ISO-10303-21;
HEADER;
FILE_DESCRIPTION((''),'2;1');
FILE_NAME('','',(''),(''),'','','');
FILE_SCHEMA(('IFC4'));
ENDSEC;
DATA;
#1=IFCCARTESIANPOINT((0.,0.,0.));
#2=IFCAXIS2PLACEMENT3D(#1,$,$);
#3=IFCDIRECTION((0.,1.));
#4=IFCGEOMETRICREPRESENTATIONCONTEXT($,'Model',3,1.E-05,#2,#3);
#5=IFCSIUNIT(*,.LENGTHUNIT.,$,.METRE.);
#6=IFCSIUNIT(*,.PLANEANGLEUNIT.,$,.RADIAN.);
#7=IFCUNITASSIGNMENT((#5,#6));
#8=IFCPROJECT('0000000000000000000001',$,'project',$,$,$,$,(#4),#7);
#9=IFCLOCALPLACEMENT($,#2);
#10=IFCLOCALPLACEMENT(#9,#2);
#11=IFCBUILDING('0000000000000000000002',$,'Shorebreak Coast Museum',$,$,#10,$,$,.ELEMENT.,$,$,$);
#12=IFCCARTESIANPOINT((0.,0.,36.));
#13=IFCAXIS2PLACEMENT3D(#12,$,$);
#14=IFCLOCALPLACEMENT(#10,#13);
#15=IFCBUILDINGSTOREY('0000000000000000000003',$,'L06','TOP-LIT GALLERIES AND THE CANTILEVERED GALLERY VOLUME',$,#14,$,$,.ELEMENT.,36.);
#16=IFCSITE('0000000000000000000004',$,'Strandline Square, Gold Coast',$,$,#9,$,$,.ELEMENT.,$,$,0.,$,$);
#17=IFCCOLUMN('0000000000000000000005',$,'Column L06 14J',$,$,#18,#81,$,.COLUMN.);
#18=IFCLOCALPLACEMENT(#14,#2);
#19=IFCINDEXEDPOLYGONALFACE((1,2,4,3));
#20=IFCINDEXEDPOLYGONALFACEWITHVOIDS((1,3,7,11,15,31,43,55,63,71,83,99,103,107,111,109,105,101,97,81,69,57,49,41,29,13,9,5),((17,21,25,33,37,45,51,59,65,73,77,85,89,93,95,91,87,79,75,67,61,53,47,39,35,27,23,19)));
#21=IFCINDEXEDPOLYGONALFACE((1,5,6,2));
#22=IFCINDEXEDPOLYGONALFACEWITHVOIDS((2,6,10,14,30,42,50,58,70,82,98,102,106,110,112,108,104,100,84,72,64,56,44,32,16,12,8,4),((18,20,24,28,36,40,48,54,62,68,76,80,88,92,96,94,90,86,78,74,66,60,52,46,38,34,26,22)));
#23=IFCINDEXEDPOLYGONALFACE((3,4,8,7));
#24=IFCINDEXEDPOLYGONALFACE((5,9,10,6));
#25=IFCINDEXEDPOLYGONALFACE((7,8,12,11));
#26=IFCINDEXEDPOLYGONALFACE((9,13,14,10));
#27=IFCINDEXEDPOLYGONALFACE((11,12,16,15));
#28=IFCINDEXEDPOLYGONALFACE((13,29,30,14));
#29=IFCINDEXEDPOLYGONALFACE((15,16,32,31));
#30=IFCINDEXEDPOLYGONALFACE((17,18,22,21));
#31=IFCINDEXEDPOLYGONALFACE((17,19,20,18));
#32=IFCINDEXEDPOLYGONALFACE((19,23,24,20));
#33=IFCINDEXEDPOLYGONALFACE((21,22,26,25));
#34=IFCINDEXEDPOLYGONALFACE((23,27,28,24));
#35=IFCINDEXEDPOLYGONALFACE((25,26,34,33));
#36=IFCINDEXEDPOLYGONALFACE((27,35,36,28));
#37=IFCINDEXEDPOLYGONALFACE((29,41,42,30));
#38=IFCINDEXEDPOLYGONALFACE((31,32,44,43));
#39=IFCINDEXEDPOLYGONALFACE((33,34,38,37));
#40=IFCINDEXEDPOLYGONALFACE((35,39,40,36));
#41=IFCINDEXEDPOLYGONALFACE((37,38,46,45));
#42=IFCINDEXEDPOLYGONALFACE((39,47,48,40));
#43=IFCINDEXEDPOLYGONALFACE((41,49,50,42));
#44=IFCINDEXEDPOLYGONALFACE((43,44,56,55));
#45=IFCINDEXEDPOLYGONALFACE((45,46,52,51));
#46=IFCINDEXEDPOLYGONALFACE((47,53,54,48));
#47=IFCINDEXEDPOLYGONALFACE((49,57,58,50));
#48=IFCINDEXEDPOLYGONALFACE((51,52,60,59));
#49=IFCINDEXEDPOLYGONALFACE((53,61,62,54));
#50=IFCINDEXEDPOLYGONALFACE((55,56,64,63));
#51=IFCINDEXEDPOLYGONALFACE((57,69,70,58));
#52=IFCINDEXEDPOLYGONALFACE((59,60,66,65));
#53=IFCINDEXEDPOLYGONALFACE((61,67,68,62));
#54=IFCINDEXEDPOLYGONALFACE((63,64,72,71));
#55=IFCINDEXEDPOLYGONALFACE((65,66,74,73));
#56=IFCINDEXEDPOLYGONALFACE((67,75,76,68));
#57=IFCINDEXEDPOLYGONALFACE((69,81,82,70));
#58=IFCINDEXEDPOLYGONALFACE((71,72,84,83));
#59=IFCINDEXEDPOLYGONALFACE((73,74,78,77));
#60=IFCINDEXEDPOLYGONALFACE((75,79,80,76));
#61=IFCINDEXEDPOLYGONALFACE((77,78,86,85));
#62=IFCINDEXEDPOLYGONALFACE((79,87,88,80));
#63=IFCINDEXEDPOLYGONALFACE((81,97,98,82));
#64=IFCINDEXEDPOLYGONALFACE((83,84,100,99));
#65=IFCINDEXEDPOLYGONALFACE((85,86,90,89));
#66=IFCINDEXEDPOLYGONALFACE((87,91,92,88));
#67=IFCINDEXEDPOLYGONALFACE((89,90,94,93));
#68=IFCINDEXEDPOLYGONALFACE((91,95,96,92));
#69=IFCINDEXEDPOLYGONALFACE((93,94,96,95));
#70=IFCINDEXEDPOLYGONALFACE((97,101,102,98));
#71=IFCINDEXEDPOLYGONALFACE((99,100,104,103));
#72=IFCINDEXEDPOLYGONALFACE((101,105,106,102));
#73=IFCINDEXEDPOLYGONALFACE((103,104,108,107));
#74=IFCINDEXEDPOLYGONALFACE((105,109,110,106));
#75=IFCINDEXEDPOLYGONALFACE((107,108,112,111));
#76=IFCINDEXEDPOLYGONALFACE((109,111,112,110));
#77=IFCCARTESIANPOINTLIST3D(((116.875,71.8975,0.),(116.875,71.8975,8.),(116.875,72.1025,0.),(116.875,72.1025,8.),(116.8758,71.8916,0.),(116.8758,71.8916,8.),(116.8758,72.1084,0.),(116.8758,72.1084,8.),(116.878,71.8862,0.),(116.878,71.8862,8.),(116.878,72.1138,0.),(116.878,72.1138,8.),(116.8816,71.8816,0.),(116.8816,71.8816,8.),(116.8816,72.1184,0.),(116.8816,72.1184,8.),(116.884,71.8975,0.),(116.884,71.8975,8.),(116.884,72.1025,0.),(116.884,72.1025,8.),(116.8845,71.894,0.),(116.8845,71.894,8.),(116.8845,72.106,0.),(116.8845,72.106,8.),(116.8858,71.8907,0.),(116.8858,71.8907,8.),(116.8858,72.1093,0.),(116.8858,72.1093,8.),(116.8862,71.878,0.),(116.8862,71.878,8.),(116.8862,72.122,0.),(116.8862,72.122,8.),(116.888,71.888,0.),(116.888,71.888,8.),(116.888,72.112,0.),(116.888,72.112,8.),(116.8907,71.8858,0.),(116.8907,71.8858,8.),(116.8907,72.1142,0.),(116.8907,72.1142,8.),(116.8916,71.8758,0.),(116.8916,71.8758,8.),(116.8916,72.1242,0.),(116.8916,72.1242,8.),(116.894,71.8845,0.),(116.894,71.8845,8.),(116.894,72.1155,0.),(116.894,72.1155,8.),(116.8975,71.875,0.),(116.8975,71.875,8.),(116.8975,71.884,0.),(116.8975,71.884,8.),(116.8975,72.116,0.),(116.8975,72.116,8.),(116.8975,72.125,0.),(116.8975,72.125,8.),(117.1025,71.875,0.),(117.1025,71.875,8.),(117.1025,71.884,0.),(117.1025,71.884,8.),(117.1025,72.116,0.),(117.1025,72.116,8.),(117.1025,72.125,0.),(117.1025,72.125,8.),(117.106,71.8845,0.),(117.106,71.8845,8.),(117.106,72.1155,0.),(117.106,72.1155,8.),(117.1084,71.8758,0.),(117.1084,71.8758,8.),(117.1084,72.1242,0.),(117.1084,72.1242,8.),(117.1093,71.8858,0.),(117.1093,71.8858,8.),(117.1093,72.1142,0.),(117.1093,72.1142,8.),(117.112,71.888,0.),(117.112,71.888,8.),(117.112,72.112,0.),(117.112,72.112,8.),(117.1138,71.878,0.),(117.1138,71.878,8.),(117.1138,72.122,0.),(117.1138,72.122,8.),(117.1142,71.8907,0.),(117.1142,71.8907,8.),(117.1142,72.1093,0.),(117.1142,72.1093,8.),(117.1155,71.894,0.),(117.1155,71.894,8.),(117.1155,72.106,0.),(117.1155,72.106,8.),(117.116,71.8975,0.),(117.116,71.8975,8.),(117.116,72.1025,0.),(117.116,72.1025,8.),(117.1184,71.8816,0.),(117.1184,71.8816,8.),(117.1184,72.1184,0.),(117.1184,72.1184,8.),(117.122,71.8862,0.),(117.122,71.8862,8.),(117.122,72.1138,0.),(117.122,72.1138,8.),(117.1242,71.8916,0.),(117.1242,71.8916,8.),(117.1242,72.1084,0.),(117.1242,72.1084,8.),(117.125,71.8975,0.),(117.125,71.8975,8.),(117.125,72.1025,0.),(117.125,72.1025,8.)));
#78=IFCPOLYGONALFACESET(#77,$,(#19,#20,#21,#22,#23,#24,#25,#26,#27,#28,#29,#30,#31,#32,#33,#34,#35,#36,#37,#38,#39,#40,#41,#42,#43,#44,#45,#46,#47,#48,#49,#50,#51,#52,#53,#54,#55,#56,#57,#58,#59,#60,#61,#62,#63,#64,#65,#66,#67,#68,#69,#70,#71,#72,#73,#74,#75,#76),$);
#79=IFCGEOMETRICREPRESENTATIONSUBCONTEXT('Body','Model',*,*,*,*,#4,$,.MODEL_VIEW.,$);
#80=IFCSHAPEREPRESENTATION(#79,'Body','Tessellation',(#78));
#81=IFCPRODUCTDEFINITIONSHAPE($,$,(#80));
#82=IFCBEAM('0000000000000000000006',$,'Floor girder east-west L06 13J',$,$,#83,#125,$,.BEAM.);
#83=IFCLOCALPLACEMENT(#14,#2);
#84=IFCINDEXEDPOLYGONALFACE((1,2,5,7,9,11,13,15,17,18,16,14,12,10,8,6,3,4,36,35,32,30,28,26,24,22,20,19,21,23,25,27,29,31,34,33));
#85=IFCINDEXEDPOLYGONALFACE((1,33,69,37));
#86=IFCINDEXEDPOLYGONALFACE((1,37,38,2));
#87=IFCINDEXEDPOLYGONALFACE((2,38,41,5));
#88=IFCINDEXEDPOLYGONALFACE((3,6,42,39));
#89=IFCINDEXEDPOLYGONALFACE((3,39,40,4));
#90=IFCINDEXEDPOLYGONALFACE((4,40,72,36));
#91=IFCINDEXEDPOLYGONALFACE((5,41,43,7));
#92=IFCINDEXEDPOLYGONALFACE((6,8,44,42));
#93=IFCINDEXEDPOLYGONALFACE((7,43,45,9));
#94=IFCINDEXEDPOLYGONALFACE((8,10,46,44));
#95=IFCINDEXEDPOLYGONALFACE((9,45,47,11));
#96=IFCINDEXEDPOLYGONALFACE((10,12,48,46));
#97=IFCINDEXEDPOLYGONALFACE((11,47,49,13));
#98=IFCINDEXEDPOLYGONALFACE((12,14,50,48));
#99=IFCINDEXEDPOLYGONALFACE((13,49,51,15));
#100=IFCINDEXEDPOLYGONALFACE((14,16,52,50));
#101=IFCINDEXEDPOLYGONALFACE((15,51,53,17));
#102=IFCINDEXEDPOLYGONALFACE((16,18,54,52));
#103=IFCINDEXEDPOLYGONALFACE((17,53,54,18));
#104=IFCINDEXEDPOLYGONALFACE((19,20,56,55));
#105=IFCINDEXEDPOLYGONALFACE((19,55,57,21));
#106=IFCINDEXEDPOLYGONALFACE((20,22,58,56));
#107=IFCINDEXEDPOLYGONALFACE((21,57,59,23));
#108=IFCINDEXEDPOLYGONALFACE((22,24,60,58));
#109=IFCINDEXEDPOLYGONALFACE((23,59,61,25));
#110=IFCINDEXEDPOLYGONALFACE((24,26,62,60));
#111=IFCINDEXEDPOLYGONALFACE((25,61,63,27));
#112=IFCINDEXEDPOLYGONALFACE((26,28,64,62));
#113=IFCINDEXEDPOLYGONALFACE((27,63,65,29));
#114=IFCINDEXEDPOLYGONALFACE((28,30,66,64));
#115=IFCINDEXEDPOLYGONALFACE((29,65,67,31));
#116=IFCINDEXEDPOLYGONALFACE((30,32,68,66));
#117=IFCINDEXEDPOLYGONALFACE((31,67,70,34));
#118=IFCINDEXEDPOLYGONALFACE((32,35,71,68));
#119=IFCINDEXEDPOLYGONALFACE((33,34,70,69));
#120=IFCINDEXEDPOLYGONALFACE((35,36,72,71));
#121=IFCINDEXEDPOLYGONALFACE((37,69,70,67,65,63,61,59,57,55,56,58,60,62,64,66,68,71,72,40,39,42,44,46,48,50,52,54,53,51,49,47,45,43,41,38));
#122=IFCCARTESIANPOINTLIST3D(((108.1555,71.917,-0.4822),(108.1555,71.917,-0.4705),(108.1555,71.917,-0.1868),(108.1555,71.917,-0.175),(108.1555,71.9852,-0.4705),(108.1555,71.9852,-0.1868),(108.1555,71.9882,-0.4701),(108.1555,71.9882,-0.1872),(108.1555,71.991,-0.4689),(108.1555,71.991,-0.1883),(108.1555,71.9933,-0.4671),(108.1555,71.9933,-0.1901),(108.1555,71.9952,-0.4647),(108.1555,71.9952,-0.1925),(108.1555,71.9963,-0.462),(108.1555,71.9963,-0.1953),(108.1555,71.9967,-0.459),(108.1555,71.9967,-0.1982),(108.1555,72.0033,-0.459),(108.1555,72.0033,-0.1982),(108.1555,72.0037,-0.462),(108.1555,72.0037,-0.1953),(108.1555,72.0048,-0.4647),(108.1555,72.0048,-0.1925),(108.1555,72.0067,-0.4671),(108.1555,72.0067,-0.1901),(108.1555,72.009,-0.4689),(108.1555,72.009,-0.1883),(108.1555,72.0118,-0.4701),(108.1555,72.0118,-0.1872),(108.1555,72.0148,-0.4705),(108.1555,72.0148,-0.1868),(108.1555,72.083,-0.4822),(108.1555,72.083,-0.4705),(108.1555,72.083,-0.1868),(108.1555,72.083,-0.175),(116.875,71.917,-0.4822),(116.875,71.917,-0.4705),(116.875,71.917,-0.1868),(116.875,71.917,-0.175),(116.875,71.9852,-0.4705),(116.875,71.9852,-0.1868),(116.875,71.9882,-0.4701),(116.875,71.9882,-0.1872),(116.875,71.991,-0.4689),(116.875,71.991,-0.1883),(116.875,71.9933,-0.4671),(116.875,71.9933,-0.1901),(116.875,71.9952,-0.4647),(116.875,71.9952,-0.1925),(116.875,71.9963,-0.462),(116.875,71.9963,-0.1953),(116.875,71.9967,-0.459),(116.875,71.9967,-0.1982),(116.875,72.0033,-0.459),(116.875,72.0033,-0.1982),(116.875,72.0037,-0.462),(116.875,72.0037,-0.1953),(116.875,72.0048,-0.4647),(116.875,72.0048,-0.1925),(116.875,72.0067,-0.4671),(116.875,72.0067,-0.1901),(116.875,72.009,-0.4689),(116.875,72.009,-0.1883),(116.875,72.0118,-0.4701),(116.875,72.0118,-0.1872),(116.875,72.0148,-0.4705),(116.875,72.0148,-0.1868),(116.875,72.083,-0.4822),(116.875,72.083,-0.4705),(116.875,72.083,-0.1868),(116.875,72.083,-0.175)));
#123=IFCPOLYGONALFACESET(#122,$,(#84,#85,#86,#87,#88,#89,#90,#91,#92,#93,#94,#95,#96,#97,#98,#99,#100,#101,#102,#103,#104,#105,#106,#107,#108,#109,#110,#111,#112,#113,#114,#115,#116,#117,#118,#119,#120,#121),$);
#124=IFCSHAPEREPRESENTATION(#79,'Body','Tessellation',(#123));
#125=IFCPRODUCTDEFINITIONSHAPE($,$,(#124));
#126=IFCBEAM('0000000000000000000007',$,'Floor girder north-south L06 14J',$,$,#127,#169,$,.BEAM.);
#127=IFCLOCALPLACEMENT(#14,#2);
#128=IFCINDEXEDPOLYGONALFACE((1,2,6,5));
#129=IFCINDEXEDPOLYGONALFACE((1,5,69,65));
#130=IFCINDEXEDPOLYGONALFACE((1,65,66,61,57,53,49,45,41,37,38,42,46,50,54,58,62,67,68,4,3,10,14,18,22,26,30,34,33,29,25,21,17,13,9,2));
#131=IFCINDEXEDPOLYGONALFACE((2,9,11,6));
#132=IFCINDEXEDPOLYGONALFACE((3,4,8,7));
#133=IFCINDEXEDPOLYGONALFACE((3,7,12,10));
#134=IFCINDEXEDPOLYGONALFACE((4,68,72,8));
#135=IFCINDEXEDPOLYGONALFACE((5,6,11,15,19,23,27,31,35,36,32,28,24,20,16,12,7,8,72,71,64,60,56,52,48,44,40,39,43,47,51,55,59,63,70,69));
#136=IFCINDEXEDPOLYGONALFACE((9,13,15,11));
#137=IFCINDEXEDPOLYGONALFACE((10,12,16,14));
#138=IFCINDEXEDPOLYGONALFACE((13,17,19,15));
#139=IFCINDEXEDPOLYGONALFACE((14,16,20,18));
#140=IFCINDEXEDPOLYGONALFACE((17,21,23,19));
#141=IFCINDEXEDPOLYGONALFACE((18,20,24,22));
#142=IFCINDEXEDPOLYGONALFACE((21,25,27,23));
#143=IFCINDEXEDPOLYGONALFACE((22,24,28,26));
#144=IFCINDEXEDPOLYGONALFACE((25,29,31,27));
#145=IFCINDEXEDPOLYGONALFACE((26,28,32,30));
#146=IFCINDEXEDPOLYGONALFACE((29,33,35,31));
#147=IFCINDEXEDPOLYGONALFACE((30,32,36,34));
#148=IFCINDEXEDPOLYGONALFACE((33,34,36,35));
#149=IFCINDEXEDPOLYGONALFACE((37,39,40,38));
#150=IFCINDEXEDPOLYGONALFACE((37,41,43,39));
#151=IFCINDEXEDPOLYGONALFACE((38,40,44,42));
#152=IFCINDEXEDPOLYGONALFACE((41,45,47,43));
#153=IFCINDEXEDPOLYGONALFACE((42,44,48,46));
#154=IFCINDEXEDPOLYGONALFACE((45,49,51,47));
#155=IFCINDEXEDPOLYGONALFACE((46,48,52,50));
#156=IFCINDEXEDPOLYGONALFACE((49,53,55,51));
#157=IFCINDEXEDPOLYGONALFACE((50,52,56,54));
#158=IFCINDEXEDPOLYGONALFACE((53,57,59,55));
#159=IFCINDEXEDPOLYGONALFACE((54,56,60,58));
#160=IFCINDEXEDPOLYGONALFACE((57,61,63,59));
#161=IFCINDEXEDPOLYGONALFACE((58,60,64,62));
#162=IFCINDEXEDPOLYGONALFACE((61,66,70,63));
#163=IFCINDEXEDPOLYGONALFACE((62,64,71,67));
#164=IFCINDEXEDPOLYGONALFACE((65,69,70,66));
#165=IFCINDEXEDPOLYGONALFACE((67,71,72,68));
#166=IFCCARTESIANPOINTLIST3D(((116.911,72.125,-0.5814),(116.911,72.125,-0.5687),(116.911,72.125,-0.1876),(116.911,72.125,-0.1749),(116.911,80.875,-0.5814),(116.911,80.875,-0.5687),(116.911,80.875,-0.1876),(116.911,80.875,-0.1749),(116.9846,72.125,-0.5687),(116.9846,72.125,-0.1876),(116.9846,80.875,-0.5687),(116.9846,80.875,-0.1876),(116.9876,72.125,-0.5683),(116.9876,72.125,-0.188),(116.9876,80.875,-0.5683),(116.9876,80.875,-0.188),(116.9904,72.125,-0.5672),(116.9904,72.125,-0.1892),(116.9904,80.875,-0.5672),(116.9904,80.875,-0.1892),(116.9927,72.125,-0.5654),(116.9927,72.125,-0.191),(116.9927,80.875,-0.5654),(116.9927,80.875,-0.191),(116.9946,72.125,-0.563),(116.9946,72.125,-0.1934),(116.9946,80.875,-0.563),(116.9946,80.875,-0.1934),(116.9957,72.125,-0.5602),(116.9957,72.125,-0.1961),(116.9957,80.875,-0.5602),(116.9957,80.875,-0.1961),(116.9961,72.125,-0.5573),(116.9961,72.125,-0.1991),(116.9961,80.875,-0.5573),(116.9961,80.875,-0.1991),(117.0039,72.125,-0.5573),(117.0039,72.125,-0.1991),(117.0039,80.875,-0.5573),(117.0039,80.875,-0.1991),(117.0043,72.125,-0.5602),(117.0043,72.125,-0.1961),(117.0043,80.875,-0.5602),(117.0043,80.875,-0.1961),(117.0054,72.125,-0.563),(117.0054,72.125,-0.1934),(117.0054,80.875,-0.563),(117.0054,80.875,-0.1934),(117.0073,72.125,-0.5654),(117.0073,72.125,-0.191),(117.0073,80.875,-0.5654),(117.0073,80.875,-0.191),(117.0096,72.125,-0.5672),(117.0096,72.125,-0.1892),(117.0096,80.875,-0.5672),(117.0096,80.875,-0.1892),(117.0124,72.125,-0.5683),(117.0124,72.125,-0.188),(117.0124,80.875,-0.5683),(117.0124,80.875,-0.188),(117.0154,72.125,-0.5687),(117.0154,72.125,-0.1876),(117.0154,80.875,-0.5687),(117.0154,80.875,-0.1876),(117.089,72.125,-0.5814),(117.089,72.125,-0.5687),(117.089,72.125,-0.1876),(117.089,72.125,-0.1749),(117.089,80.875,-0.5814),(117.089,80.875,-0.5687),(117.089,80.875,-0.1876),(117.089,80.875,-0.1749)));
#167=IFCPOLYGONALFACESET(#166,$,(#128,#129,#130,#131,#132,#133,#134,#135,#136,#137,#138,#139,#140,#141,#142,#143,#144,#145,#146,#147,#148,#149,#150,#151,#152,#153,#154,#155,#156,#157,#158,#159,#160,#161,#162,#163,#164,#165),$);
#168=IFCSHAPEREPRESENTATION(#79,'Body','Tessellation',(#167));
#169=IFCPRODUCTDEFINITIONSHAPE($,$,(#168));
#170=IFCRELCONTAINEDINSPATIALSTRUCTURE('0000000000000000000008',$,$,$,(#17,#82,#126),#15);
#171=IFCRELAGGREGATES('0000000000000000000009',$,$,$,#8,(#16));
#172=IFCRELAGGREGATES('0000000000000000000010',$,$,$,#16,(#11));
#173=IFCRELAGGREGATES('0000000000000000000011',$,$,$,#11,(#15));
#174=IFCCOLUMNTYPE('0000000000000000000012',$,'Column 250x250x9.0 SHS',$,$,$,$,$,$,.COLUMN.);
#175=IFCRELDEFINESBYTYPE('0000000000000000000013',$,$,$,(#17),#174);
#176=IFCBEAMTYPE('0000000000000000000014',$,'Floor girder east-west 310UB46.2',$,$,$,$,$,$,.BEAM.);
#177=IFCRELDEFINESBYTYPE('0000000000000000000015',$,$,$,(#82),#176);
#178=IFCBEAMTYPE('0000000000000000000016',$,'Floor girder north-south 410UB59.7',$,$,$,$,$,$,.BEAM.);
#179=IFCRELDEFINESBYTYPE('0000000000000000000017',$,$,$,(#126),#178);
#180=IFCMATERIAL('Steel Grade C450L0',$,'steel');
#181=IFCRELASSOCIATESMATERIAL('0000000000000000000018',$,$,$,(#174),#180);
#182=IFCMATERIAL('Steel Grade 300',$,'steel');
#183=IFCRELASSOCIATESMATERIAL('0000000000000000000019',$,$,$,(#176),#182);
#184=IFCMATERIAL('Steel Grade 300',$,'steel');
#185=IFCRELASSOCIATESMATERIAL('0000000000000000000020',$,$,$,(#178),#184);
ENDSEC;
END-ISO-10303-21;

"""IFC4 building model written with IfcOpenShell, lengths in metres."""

from ifc_helpers import new_model, si_unit, direction, frame, origin, origin_2d, place, context, subcontext, project, spatial, hollow_rectangle, i_section, extrude, material, material_profile, profile_set, type_object, element, save


model = new_model("IFC4")

# Units and contexts
model_context = context("Model", 3, precision=1e-05, world=origin(), true_north=direction((0.0, 1.0)))
body_context = subcontext(model_context, "Body", "Model", "MODEL_VIEW")
ifc_project = project(units=[si_unit("LENGTHUNIT", "METRE"), si_unit("PLANEANGLEUNIT", "RADIAN")], contexts=[model_context])

# Site, building, storey
site_placement = place(None, origin())
site = spatial("IfcSite", under=ifc_project, at=site_placement, Name="Strandline Square, Gold Coast", CompositionType="ELEMENT", RefElevation=0.0)
building_placement = place(site_placement, origin())
building = spatial("IfcBuilding", under=site, at=building_placement, Name="Shorebreak Coast Museum", CompositionType="ELEMENT")
storey_placement = place(building_placement, frame((0.0, 0.0, 36.0)))
storey = spatial("IfcBuildingStorey", under=building, at=storey_placement, Name="L06", Description="TOP-LIT GALLERIES AND THE CANTILEVERED GALLERY VOLUME", CompositionType="ELEMENT", Elevation=36.0)

# Column
ifc_material_1 = material(Name="Steel Grade C450L0", Category="steel")
ifc_material_profile_1 = material_profile(ifc_material_1, hollow_rectangle(XDim=0.25, YDim=0.25, WallThickness=0.009, InnerFilletRadius=0.0134, OuterFilletRadius=0.0225, at=origin_2d()), Name="250x250x9.0 SHS")
ifc_profile_set_1 = profile_set([ifc_material_profile_1], Name="Steel Grade C450L0")
column_type = type_object("IfcColumnType", Name="Column 250x250x9.0 SHS", PredefinedType="COLUMN", material=ifc_profile_set_1)
column_placement = place(storey_placement, frame((117.0, 72.0, 0.0), z_axis=(0.0, 0.0, 1.0), x_axis=(1.0, 0.0, 0.0)))
element("IfcColumn", 1, at=column_placement, inside=storey, type_object=column_type, Name="Column L06 14J", PredefinedType="COLUMN", context=body_context, shape_type="SweptSolid", body=[
    extrude(hollow_rectangle(XDim=0.25, YDim=0.25, WallThickness=0.009, InnerFilletRadius=0.0134, OuterFilletRadius=0.0225, at=origin_2d()), origin(), (0.0, 0.0, 1.0), 8.0),
])

# Beams
ifc_material_2 = material(Name="Steel Grade 300", Category="steel")
ifc_material_profile_2 = material_profile(ifc_material_2, i_section(OverallWidth=0.166, OverallDepth=0.3071, WebThickness=0.0066, FlangeThickness=0.0117, FilletRadius=0.0115, at=origin_2d()), Name="310UB46.2")
ifc_profile_set_2 = profile_set([ifc_material_profile_2], Name="Steel Grade 300")
beam_type_1 = type_object("IfcBeamType", Name="Floor girder east-west 310UB46.2", PredefinedType="BEAM", material=ifc_profile_set_2)
beam_1_placement = place(storey_placement, frame((108.1555, 72.0, -0.3286), z_axis=(1.0, 0.0, 0.0), x_axis=(0.0, 1.0, 0.0)))
element("IfcBeam", 2, at=beam_1_placement, inside=storey, type_object=beam_type_1, Name="Floor girder east-west L06 13J", PredefinedType="BEAM", context=body_context, shape_type="SweptSolid", body=[
    extrude(i_section(OverallWidth=0.166, OverallDepth=0.3071, WebThickness=0.0066, FlangeThickness=0.0117, FilletRadius=0.0115, at=origin_2d()), origin(), (0.0, 0.0, 1.0), 8.7195),
])
ifc_material_3 = material(Name="Steel Grade 300", Category="steel")
ifc_material_profile_3 = material_profile(ifc_material_3, i_section(OverallWidth=0.178, OverallDepth=0.4065, WebThickness=0.0078, FlangeThickness=0.0127, FilletRadius=0.0115, at=origin_2d()), Name="410UB59.7")
ifc_profile_set_3 = profile_set([ifc_material_profile_3], Name="Steel Grade 300")
beam_type_2 = type_object("IfcBeamType", Name="Floor girder north-south 410UB59.7", PredefinedType="BEAM", material=ifc_profile_set_3)
beam_2_placement = place(storey_placement, frame((117.0, 72.125, -0.3782), z_axis=(0.0, 1.0, 0.0), x_axis=(-1.0, 0.0, 0.0)))
element("IfcBeam", 3, at=beam_2_placement, inside=storey, type_object=beam_type_2, Name="Floor girder north-south L06 14J", PredefinedType="BEAM", context=body_context, shape_type="SweptSolid", body=[
    extrude(i_section(OverallWidth=0.178, OverallDepth=0.4065, WebThickness=0.0078, FlangeThickness=0.0127, FilletRadius=0.0115, at=origin_2d()), origin(), (0.0, 0.0, 1.0), 8.75),
])

save(model, "model.ifc")
